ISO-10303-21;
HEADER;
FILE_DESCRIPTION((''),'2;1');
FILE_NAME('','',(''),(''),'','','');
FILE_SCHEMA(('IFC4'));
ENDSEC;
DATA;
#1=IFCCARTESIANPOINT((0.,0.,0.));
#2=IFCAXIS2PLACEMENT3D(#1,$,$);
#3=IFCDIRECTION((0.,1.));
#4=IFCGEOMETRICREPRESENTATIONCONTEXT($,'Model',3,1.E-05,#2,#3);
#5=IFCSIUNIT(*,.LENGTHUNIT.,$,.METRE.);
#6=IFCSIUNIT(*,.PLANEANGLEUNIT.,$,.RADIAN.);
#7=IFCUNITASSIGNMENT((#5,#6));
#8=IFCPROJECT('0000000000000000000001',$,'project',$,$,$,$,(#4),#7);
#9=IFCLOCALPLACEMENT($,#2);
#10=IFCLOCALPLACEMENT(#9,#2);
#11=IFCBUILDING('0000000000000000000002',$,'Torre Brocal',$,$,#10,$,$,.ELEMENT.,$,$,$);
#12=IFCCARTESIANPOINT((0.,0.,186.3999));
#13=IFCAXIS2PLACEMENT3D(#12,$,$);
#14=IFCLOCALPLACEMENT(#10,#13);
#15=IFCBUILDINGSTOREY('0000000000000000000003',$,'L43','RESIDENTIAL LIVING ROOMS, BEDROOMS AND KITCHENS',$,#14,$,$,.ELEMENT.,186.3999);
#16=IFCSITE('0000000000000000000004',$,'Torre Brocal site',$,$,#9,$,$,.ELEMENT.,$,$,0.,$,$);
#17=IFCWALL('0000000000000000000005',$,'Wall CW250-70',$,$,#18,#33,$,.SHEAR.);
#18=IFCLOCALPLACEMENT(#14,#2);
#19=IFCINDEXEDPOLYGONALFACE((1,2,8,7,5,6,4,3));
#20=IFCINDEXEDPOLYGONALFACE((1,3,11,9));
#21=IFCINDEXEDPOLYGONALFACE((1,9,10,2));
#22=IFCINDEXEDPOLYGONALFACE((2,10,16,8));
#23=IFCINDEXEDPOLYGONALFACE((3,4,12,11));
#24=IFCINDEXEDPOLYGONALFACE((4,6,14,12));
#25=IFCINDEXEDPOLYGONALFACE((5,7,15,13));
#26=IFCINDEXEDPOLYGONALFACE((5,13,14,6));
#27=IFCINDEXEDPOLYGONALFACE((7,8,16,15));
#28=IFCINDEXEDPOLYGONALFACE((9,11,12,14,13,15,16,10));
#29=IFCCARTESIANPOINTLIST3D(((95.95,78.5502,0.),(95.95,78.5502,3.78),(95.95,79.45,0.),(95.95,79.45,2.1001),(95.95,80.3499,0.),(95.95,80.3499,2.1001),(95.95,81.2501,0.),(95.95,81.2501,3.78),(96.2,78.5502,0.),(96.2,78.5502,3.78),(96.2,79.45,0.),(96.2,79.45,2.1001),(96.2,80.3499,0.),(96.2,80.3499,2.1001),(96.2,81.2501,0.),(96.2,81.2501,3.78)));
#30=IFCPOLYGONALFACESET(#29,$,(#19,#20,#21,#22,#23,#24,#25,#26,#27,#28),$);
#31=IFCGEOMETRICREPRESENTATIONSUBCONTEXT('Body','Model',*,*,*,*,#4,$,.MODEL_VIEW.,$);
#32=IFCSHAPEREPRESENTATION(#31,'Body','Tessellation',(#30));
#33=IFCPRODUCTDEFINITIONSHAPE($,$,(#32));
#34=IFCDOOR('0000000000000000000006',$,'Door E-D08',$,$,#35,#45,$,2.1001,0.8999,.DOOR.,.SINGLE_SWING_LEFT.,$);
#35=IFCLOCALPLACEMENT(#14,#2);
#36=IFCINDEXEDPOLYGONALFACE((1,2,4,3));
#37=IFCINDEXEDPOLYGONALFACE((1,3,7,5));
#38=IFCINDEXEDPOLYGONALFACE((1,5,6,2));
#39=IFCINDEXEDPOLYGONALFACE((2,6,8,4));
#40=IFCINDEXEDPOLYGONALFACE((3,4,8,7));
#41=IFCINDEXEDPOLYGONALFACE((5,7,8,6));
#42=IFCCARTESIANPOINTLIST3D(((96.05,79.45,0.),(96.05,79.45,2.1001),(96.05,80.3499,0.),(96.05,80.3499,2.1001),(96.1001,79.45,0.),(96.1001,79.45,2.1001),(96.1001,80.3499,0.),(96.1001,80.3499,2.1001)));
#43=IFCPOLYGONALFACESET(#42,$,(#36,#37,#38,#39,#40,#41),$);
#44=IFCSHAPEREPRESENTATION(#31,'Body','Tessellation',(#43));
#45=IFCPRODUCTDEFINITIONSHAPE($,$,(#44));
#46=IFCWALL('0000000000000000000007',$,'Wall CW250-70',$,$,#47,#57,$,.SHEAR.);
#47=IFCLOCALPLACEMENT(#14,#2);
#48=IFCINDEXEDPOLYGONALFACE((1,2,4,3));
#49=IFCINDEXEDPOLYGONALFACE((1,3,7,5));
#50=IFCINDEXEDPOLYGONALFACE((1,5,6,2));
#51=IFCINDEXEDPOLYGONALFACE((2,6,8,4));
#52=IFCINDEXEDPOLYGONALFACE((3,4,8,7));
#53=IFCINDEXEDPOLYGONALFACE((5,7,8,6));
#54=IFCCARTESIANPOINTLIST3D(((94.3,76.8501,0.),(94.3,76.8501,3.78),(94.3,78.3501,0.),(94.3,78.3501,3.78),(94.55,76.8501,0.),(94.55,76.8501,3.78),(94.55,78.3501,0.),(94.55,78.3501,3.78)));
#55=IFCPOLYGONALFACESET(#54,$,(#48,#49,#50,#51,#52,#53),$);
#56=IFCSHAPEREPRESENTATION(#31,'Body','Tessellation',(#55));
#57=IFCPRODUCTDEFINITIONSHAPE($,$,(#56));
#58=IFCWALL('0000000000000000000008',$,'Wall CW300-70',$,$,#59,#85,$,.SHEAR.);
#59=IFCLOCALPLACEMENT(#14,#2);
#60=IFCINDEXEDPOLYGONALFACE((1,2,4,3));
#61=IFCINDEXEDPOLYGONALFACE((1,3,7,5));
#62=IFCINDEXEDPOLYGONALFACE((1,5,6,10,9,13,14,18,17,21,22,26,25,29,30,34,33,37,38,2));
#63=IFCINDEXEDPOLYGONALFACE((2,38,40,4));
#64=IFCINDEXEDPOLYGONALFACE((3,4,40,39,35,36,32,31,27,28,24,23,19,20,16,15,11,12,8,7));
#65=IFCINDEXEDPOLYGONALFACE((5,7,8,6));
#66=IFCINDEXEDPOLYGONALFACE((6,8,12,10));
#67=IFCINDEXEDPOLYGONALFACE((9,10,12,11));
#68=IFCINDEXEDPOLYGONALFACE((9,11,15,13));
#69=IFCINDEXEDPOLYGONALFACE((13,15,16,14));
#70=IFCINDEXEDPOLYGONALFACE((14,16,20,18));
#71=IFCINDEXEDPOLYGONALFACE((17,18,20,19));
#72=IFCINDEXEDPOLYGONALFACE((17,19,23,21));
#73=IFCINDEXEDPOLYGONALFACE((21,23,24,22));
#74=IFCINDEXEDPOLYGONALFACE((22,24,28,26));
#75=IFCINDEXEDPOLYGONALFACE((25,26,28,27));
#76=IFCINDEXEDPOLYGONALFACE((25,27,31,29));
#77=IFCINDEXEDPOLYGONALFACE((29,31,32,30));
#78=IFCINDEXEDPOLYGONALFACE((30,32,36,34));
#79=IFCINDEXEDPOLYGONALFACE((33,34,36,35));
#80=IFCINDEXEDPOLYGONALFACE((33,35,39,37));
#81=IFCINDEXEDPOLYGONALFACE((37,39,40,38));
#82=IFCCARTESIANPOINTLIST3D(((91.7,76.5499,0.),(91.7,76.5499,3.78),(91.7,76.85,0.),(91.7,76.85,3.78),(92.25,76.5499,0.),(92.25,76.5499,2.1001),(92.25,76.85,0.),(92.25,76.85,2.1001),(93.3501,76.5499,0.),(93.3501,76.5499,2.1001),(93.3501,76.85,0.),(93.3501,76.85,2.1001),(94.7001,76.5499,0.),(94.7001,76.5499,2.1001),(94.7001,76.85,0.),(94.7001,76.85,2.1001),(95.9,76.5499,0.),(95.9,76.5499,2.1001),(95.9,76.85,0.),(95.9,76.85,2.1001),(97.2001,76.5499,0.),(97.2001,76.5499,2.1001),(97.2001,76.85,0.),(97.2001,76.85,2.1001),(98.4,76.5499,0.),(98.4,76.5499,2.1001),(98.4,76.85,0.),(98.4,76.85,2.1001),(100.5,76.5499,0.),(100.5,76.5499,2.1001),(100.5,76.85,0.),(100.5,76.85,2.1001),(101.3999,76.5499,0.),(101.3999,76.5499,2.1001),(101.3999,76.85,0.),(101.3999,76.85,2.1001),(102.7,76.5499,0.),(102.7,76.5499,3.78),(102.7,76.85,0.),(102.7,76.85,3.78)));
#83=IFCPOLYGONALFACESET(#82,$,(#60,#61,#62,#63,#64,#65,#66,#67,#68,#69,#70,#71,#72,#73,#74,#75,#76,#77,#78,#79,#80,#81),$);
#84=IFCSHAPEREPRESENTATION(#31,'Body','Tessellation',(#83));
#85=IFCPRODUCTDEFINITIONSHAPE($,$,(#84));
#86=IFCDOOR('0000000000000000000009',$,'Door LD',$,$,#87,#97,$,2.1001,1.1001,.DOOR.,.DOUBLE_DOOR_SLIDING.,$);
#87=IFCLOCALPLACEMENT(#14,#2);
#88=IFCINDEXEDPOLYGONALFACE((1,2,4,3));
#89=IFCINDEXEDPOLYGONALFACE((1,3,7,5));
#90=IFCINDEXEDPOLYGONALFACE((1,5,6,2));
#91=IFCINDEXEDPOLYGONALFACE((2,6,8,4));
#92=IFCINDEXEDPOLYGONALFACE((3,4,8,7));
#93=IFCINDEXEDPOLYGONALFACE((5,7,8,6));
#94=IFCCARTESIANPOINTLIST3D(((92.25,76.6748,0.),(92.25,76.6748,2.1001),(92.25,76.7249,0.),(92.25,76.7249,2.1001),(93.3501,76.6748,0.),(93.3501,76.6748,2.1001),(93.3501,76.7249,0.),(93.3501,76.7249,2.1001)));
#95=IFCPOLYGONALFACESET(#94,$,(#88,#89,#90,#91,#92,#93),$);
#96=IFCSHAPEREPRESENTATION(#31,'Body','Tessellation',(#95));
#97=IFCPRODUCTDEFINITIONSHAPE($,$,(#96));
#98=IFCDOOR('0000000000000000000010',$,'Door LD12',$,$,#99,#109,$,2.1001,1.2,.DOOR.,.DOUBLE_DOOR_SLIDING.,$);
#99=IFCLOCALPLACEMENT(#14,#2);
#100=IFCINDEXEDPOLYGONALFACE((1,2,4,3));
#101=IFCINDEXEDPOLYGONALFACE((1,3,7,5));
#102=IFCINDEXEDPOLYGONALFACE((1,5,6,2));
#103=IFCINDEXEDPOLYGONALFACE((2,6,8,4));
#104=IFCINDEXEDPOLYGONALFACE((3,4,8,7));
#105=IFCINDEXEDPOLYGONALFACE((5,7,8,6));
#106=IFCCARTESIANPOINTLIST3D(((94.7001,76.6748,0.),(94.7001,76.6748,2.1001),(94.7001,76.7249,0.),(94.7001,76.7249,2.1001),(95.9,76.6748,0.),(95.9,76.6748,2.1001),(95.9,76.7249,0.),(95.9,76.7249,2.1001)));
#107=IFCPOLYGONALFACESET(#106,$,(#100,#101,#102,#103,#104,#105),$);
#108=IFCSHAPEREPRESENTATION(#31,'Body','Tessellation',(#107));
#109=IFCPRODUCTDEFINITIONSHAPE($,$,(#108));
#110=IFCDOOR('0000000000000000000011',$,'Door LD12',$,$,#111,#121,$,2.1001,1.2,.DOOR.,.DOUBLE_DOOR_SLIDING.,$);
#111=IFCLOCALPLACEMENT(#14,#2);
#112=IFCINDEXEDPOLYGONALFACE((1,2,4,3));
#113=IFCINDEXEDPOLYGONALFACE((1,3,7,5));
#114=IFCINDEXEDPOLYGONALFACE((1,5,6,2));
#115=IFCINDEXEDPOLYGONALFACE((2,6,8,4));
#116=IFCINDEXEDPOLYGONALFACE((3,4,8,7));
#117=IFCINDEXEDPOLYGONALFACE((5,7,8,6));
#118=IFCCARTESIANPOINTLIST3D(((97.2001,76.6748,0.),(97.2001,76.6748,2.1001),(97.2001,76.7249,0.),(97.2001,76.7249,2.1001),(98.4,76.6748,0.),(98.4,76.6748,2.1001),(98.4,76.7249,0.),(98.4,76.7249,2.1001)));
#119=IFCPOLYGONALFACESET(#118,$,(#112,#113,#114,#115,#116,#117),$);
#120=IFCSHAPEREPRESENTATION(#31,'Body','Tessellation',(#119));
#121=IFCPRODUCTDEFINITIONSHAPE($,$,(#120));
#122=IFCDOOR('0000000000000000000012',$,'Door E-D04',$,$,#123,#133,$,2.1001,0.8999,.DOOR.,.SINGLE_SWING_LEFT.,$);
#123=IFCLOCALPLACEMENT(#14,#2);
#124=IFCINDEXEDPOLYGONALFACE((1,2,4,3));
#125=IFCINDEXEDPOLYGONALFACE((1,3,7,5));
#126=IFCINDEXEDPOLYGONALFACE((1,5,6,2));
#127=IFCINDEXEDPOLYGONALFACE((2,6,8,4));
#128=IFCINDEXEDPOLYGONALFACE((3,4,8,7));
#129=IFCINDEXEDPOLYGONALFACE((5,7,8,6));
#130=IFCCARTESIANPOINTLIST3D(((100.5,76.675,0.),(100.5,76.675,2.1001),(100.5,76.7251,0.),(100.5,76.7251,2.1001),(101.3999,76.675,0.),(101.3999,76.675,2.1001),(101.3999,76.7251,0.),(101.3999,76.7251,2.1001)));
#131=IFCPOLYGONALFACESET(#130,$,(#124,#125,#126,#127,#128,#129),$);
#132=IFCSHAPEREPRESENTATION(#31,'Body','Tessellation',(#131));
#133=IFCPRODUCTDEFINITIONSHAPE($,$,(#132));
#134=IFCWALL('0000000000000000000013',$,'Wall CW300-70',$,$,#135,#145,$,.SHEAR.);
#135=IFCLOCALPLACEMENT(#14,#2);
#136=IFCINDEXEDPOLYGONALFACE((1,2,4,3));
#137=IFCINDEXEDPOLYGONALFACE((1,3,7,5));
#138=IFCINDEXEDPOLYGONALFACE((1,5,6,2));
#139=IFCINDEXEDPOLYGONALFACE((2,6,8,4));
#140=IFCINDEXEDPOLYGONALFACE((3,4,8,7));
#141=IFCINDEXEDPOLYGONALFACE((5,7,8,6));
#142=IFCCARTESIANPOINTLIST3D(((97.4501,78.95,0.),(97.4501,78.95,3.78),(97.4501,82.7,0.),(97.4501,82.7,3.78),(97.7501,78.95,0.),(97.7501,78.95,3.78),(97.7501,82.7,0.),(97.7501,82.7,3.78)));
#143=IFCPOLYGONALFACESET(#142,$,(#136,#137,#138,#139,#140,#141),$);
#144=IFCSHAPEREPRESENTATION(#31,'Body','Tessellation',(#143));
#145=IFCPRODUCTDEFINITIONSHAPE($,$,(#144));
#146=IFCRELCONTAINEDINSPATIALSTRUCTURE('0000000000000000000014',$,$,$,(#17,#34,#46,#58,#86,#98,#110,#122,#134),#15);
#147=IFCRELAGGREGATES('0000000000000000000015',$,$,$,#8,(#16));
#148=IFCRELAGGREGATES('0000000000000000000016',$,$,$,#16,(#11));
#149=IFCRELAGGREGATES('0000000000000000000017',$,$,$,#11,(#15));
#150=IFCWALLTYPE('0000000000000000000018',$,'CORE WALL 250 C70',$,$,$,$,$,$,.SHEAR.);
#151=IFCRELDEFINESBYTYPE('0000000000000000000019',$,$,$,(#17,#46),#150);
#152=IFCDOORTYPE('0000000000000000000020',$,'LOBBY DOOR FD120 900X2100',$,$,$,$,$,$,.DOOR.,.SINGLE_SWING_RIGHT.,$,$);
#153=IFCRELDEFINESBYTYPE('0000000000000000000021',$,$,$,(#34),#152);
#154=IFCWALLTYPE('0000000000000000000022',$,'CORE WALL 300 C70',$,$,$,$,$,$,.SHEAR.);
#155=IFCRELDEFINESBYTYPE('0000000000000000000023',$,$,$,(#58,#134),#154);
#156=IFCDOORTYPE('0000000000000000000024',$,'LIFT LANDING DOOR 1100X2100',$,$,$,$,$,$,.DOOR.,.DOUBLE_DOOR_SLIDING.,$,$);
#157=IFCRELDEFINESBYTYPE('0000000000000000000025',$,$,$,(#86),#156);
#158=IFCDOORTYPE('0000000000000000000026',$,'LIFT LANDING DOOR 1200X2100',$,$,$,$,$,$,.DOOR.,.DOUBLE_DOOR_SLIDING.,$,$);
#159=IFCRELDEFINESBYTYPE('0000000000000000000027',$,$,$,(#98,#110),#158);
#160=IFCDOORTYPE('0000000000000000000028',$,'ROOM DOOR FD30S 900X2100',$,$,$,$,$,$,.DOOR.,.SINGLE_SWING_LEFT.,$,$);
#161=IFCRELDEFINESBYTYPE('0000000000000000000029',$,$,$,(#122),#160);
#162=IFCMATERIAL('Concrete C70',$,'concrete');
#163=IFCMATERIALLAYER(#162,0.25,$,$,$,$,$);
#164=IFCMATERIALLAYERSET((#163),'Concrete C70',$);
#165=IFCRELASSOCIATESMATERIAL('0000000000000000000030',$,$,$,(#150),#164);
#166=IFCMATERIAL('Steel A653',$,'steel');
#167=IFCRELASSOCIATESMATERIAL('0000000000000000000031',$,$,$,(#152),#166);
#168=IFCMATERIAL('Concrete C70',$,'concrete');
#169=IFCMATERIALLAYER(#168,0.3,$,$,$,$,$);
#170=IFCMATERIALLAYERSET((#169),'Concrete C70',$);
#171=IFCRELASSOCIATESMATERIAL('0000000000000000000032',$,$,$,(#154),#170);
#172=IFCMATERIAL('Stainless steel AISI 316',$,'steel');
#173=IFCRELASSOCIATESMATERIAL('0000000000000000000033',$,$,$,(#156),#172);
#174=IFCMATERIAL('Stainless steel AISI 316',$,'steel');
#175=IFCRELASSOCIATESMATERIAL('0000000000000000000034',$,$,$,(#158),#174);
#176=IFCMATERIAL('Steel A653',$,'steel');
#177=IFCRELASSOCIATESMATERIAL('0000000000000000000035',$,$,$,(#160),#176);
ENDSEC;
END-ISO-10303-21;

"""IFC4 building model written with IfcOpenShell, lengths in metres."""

from ifc_helpers import new_model, si_unit, direction, frame, frame_2d, origin, place, context, subcontext, project, spatial, rectangle, extrude, material, layer, layer_set, type_object, element, fill, save


model = new_model("IFC4")

# Units and contexts
model_context = context("Model", 3, precision=1e-05, world=origin(), true_north=direction((0.0, 1.0)))
body_context = subcontext(model_context, "Body", "Model", "MODEL_VIEW")
ifc_project = project(units=[si_unit("LENGTHUNIT", "METRE"), si_unit("PLANEANGLEUNIT", "RADIAN")], contexts=[model_context])

# Site, building, storey
site_placement = place(None, origin())
site = spatial("IfcSite", under=ifc_project, at=site_placement, Name="Torre Brocal site", CompositionType="ELEMENT", RefElevation=0.0)
building_placement = place(site_placement, origin())
building = spatial("IfcBuilding", under=site, at=building_placement, Name="Torre Brocal", CompositionType="ELEMENT")
storey_placement = place(building_placement, frame((0.0, 0.0, 186.3999)))
storey = spatial("IfcBuildingStorey", under=building, at=storey_placement, Name="L43", Description="RESIDENTIAL LIVING ROOMS, BEDROOMS AND KITCHENS", CompositionType="ELEMENT", Elevation=186.3999)

# Wall, opening, door
ifc_material_1 = material(Name="Concrete C70", Category="concrete")
ifc_layer_1 = layer(ifc_material_1, 0.25)
ifc_layer_set_1 = layer_set([ifc_layer_1], Name="Concrete C70")
wall_type_1 = type_object("IfcWallType", Name="CORE WALL 250 C70", PredefinedType="SHEAR", material=ifc_layer_set_1)
wall_1_placement = place(storey_placement, frame((96.075, 78.55, 0.0), z_axis=(0.0, 0.0, 1.0), x_axis=(0.0, 1.0, 0.0)))
wall_1 = element("IfcWall", 1, at=wall_1_placement, inside=storey, type_object=wall_type_1, Name="Wall CW250-70", PredefinedType="SHEAR", context=body_context, shape_type="SweptSolid", body=[
    extrude(rectangle(XDim=2.7, YDim=0.25, at=frame_2d((1.3501, 0.0))), origin(), (0.0, 0.0, 1.0), 3.78),
])
opening_1_placement = place(wall_1_placement, frame((0.8999, 0.0, 0.0)))
opening_1 = element("IfcOpeningElement", 2, at=opening_1_placement, cuts=wall_1, PredefinedType="OPENING", context=body_context, shape_type="SweptSolid", body=[
    extrude(rectangle(XDim=0.8999, YDim=2.1001, at=frame_2d((0.45, 1.05))), frame((0.0, 0.135, 0.0), z_axis=(0.0, -1.0, 0.0), x_axis=(1.0, 0.0, 0.0)), (0.0, 0.0, 1.0), 0.27),
])
ifc_material_2 = material(Name="Steel A653", Category="steel")
door_type_1 = type_object("IfcDoorType", Name="LOBBY DOOR FD120 900X2100", OperationType="SINGLE_SWING_RIGHT", PredefinedType="DOOR", material=ifc_material_2)
door_1_placement = place(opening_1_placement, origin())
door_1 = element("IfcDoor", 3, at=door_1_placement, inside=storey, type_object=door_type_1, Name="Door E-D08", OperationType="SINGLE_SWING_LEFT", OverallHeight=2.1001, OverallWidth=0.8999, PredefinedType="DOOR", context=body_context, shape_type="SweptSolid", body=[
    extrude(rectangle(XDim=0.8999, YDim=2.1001, at=frame_2d((0.45, 1.05))), frame((0.0, 0.0249, 0.0), z_axis=(0.0, -1.0, 0.0), x_axis=(1.0, 0.0, 0.0)), (0.0, 0.0, 1.0), 0.05),
])
fill(opening_1, door_1)

# Wall
wall_2_placement = place(storey_placement, frame((94.425, 76.8501, 0.0), z_axis=(0.0, 0.0, 1.0), x_axis=(0.0, 1.0, 0.0)))
element("IfcWall", 4, at=wall_2_placement, inside=storey, type_object=wall_type_1, Name="Wall CW250-70", PredefinedType="SHEAR", context=body_context, shape_type="SweptSolid", body=[
    extrude(rectangle(XDim=1.5, YDim=0.25, at=frame_2d((0.75, 0.0))), origin(), (0.0, 0.0, 1.0), 3.78),
])

# Wall, openings, doors
ifc_material_3 = material(Name="Concrete C70", Category="concrete")
ifc_layer_2 = layer(ifc_material_3, 0.3)
ifc_layer_set_2 = layer_set([ifc_layer_2], Name="Concrete C70")
wall_type_2 = type_object("IfcWallType", Name="CORE WALL 300 C70", PredefinedType="SHEAR", material=ifc_layer_set_2)
wall_3_placement = place(storey_placement, frame((91.7, 76.7, 0.0), z_axis=(0.0, 0.0, 1.0), x_axis=(1.0, 0.0, 0.0)))
wall_3 = element("IfcWall", 5, at=wall_3_placement, inside=storey, type_object=wall_type_2, Name="Wall CW300-70", PredefinedType="SHEAR", context=body_context, shape_type="SweptSolid", body=[
    extrude(rectangle(XDim=11.0, YDim=0.3, at=frame_2d((5.5, 0.0))), origin(), (0.0, 0.0, 1.0), 3.78),
])
opening_2_placement = place(wall_3_placement, frame((0.55, 0.0, 0.0)))
opening_2 = element("IfcOpeningElement", 6, at=opening_2_placement, cuts=wall_3, PredefinedType="OPENING", context=body_context, shape_type="SweptSolid", body=[
    extrude(rectangle(XDim=1.1001, YDim=2.1001, at=frame_2d((0.55, 1.05))), frame((0.0, 0.1599, 0.0), z_axis=(0.0, -1.0, 0.0), x_axis=(1.0, 0.0, 0.0)), (0.0, 0.0, 1.0), 0.3201),
])
opening_3_placement = place(wall_3_placement, frame((3.0, 0.0, 0.0)))
opening_3 = element("IfcOpeningElement", 7, at=opening_3_placement, cuts=wall_3, PredefinedType="OPENING", context=body_context, shape_type="SweptSolid", body=[
    extrude(rectangle(XDim=1.2, YDim=2.1001, at=frame_2d((0.6001, 1.05))), frame((0.0, 0.1599, 0.0), z_axis=(0.0, -1.0, 0.0), x_axis=(1.0, 0.0, 0.0)), (0.0, 0.0, 1.0), 0.3201),
])
opening_4_placement = place(wall_3_placement, frame((5.5, 0.0, 0.0)))
opening_4 = element("IfcOpeningElement", 8, at=opening_4_placement, cuts=wall_3, PredefinedType="OPENING", context=body_context, shape_type="SweptSolid", body=[
    extrude(rectangle(XDim=1.2, YDim=2.1001, at=frame_2d((0.6001, 1.05))), frame((0.0, 0.1599, 0.0), z_axis=(0.0, -1.0, 0.0), x_axis=(1.0, 0.0, 0.0)), (0.0, 0.0, 1.0), 0.3201),
])
opening_5_placement = place(wall_3_placement, frame((8.8, 0.0, 0.0)))
opening_5 = element("IfcOpeningElement", 9, at=opening_5_placement, cuts=wall_3, PredefinedType="OPENING", context=body_context, shape_type="SweptSolid", body=[
    extrude(rectangle(XDim=0.8999, YDim=2.1001, at=frame_2d((0.45, 1.05))), frame((0.0, 0.1599, 0.0), z_axis=(0.0, -1.0, 0.0), x_axis=(1.0, 0.0, 0.0)), (0.0, 0.0, 1.0), 0.3201),
])
ifc_material_4 = material(Name="Stainless steel AISI 316", Category="steel")
door_type_2 = type_object("IfcDoorType", Name="LIFT LANDING DOOR 1100X2100", OperationType="DOUBLE_DOOR_SLIDING", PredefinedType="DOOR", material=ifc_material_4)
door_2_placement = place(opening_2_placement, origin())
door_2 = element("IfcDoor", 10, at=door_2_placement, inside=storey, type_object=door_type_2, Name="Door LD", OperationType="DOUBLE_DOOR_SLIDING", OverallHeight=2.1001, OverallWidth=1.1001, PredefinedType="DOOR", context=body_context, shape_type="SweptSolid", body=[
    extrude(rectangle(XDim=1.1001, YDim=2.1001, at=frame_2d((0.55, 1.05))), frame((0.0, 0.0249, 0.0), z_axis=(0.0, -1.0, 0.0), x_axis=(1.0, 0.0, 0.0)), (0.0, 0.0, 1.0), 0.05),
])
fill(opening_2, door_2)
ifc_material_5 = material(Name="Stainless steel AISI 316", Category="steel")
door_type_3 = type_object("IfcDoorType", Name="LIFT LANDING DOOR 1200X2100", OperationType="DOUBLE_DOOR_SLIDING", PredefinedType="DOOR", material=ifc_material_5)
door_3_placement = place(opening_3_placement, origin())
door_3 = element("IfcDoor", 11, at=door_3_placement, inside=storey, type_object=door_type_3, Name="Door LD12", OperationType="DOUBLE_DOOR_SLIDING", OverallHeight=2.1001, OverallWidth=1.2, PredefinedType="DOOR", context=body_context, shape_type="SweptSolid", body=[
    extrude(rectangle(XDim=1.2, YDim=2.1001, at=frame_2d((0.6001, 1.05))), frame((0.0, 0.0249, 0.0), z_axis=(0.0, -1.0, 0.0), x_axis=(1.0, 0.0, 0.0)), (0.0, 0.0, 1.0), 0.05),
])
fill(opening_3, door_3)
door_4_placement = place(opening_4_placement, origin())
door_4 = element("IfcDoor", 12, at=door_4_placement, inside=storey, type_object=door_type_3, Name="Door LD12", OperationType="DOUBLE_DOOR_SLIDING", OverallHeight=2.1001, OverallWidth=1.2, PredefinedType="DOOR", context=body_context, shape_type="SweptSolid", body=[
    extrude(rectangle(XDim=1.2, YDim=2.1001, at=frame_2d((0.6001, 1.05))), frame((0.0, 0.0249, 0.0), z_axis=(0.0, -1.0, 0.0), x_axis=(1.0, 0.0, 0.0)), (0.0, 0.0, 1.0), 0.05),
])
fill(opening_4, door_4)
ifc_material_6 = material(Name="Steel A653", Category="steel")
door_type_4 = type_object("IfcDoorType", Name="ROOM DOOR FD30S 900X2100", OperationType="SINGLE_SWING_LEFT", PredefinedType="DOOR", material=ifc_material_6)
door_5_placement = place(opening_5_placement, frame((0.8999, 0.0, 0.0), z_axis=(0.0, 0.0, 1.0), x_axis=(-1.0, 0.0, 0.0)))
door_5 = element("IfcDoor", 13, at=door_5_placement, inside=storey, type_object=door_type_4, Name="Door E-D04", OperationType="SINGLE_SWING_LEFT", OverallHeight=2.1001, OverallWidth=0.8999, PredefinedType="DOOR", context=body_context, shape_type="SweptSolid", body=[
    extrude(rectangle(XDim=0.8999, YDim=2.1001, at=frame_2d((0.45, 1.05))), frame((0.0, 0.0249, 0.0), z_axis=(0.0, -1.0, 0.0), x_axis=(1.0, 0.0, 0.0)), (0.0, 0.0, 1.0), 0.05),
])
fill(opening_5, door_5)

# Wall
wall_4_placement = place(storey_placement, frame((97.6001, 78.95, 0.0), z_axis=(0.0, 0.0, 1.0), x_axis=(0.0, 1.0, 0.0)))
element("IfcWall", 14, at=wall_4_placement, inside=storey, type_object=wall_type_2, Name="Wall CW300-70", PredefinedType="SHEAR", context=body_context, shape_type="SweptSolid", body=[
    extrude(rectangle(XDim=3.75, YDim=0.3, at=frame_2d((1.875, 0.0))), origin(), (0.0, 0.0, 1.0), 3.78),
])

save(model, "model.ifc")
